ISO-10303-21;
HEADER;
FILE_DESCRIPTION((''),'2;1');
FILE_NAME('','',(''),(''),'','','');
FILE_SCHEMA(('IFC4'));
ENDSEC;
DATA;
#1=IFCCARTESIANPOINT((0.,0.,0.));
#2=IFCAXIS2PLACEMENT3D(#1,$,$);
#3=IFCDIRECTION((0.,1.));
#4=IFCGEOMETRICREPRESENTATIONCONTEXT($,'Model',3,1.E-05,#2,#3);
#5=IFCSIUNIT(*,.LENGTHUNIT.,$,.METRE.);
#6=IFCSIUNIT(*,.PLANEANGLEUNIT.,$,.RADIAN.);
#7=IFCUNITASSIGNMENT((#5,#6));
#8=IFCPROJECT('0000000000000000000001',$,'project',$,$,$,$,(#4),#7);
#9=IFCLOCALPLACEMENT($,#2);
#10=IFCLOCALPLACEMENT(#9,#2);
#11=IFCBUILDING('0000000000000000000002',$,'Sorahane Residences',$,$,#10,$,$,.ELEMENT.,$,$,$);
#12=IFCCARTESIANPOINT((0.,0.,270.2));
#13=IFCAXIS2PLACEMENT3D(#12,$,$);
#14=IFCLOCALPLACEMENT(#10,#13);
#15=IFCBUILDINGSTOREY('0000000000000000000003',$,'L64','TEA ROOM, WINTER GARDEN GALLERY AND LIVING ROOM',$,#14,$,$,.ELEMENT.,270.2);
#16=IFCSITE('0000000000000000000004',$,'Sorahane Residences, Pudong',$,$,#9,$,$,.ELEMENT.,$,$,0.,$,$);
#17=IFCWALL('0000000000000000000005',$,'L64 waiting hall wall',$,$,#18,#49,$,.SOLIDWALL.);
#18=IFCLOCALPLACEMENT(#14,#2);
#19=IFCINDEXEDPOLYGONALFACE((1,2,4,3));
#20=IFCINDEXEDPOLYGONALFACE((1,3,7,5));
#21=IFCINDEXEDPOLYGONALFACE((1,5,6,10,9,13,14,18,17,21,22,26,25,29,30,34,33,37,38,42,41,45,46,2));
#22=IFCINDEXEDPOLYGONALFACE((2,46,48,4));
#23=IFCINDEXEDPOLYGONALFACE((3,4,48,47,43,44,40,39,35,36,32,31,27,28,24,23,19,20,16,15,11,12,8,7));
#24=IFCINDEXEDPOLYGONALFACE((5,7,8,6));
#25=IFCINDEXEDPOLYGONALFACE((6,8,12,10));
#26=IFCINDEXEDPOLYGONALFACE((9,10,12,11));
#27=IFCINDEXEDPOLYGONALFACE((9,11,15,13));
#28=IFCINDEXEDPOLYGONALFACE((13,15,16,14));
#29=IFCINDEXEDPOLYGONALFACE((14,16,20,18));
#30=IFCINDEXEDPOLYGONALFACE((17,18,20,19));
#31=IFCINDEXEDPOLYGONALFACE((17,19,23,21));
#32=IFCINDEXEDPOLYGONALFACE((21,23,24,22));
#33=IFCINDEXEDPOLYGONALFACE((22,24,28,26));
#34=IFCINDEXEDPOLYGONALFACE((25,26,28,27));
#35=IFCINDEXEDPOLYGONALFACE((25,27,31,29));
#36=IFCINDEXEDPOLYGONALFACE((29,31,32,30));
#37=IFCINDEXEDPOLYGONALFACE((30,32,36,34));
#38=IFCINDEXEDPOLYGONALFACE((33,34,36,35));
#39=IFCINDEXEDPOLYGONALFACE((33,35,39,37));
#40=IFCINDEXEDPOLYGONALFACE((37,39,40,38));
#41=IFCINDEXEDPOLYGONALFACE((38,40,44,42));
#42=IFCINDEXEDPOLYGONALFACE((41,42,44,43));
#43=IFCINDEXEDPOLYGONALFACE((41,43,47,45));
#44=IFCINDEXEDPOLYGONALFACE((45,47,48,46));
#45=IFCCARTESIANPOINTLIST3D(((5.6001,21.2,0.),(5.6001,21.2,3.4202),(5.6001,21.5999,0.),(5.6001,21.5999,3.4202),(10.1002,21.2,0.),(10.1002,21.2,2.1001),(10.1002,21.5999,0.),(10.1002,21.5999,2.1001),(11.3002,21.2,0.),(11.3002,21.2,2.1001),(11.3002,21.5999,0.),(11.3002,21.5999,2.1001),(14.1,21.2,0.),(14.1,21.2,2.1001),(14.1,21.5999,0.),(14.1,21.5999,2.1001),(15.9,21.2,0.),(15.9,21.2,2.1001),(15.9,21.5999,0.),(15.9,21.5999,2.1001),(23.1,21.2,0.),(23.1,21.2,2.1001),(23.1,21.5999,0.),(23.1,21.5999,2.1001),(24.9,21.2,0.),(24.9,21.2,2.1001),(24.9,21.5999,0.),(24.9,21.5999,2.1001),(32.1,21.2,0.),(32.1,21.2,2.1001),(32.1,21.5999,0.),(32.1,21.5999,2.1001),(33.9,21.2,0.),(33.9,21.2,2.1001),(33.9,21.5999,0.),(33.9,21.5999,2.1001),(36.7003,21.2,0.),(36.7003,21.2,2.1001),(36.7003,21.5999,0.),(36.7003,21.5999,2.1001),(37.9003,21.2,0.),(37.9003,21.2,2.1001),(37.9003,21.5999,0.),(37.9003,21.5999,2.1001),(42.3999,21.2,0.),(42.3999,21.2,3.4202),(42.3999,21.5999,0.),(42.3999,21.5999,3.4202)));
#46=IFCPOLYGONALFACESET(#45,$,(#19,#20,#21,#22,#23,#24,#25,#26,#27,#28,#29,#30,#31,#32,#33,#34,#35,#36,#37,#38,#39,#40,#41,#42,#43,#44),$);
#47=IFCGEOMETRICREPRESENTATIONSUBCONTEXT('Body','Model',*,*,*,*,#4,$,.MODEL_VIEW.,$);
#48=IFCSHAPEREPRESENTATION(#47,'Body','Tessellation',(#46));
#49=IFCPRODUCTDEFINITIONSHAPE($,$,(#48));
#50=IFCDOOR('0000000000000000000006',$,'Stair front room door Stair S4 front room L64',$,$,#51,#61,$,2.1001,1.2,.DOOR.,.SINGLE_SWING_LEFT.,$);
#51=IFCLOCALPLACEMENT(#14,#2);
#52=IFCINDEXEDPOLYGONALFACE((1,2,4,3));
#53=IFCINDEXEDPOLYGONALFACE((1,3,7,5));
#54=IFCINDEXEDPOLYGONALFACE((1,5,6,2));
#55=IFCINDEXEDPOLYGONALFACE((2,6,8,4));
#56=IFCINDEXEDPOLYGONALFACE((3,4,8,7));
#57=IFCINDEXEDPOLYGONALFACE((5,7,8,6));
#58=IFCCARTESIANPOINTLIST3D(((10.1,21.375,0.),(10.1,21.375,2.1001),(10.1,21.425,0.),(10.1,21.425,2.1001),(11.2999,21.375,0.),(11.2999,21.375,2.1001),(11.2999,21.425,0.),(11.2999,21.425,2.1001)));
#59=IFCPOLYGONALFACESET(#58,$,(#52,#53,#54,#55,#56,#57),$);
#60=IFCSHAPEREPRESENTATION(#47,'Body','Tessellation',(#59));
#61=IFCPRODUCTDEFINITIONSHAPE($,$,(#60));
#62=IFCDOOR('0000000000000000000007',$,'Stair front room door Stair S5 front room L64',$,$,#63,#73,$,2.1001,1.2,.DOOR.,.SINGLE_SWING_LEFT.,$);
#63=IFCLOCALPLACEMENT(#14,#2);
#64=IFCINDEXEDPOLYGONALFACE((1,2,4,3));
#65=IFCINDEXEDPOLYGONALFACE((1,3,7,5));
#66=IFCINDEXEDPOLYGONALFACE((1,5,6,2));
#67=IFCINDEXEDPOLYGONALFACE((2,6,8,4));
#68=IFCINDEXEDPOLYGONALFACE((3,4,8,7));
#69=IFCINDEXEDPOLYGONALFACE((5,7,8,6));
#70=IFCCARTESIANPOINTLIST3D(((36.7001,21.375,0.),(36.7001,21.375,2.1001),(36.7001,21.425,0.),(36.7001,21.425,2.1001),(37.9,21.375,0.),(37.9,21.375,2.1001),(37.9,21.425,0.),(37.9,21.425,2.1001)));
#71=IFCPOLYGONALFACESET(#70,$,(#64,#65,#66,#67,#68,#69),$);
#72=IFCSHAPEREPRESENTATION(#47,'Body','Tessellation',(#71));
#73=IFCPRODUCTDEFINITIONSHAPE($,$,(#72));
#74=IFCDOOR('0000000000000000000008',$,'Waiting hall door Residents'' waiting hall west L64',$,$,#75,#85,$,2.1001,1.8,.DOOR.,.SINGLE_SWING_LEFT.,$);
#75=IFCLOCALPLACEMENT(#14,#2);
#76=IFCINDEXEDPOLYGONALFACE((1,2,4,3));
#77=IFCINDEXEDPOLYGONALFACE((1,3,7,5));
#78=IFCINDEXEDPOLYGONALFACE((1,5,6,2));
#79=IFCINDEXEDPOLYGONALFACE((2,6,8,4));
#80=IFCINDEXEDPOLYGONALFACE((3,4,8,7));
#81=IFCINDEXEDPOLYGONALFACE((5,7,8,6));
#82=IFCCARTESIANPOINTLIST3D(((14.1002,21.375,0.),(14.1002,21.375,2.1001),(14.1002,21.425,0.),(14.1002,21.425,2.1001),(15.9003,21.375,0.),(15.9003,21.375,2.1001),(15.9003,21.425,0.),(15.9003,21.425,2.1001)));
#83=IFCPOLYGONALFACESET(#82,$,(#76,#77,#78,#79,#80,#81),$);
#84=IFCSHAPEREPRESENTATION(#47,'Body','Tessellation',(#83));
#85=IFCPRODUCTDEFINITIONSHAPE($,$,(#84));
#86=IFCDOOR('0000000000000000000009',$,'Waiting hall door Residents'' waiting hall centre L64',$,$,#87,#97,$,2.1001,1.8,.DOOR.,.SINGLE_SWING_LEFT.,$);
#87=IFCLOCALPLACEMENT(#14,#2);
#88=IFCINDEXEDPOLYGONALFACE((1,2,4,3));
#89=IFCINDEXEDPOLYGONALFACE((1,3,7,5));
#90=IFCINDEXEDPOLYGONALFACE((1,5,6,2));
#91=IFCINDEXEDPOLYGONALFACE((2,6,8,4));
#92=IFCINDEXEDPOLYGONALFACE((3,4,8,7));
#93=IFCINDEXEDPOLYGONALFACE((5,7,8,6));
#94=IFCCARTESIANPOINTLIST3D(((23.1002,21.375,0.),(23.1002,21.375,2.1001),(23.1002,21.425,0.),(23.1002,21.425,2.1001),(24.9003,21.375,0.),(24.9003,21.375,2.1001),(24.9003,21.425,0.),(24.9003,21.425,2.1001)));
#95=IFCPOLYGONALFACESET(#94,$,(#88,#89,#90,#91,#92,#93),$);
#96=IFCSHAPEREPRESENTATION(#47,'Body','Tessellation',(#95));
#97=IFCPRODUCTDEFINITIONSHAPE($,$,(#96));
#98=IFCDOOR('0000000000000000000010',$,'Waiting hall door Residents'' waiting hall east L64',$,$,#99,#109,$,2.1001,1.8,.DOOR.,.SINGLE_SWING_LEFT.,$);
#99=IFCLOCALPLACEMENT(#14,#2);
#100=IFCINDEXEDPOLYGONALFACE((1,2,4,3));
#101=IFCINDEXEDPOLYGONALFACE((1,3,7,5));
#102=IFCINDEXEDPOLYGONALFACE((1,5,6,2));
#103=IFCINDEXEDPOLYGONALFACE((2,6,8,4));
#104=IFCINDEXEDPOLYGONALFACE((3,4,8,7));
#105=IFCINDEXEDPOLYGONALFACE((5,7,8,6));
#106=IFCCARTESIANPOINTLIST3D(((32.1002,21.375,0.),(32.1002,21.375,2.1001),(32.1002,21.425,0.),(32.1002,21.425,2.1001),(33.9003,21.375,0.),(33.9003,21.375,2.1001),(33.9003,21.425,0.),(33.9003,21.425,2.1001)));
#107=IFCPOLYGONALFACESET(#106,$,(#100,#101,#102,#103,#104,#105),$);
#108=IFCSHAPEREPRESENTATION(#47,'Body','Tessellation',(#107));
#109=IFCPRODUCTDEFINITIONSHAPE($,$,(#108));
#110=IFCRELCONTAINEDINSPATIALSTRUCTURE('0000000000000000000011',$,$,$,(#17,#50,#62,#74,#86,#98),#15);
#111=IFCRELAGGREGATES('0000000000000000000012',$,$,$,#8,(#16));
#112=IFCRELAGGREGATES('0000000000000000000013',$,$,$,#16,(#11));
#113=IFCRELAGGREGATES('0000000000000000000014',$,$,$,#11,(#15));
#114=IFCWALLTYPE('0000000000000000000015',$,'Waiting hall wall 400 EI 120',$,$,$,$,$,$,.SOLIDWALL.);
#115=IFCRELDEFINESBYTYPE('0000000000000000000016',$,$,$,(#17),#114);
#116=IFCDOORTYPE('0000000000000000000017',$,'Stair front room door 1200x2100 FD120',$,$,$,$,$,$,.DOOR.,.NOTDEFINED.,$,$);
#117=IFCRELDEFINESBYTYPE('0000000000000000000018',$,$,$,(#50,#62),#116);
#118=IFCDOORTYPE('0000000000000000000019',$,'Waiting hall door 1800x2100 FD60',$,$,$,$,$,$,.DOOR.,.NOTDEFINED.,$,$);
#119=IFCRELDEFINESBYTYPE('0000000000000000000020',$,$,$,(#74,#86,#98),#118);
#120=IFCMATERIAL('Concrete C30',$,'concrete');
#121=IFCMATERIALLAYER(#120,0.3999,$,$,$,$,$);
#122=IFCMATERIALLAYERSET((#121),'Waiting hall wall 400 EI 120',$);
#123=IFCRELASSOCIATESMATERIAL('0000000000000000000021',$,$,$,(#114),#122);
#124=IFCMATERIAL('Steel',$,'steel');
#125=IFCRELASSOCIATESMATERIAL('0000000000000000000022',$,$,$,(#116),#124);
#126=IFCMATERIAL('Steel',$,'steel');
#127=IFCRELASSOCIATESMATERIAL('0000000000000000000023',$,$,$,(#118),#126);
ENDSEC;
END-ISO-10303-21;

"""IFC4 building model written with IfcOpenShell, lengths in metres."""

from ifc_helpers import new_model, si_unit, direction, frame, frame_2d, origin, place, context, subcontext, project, spatial, rectangle, extrude, material, layer, layer_set, type_object, element, fill, save


model = new_model("IFC4")

# Units and contexts
model_context = context("Model", 3, precision=1e-05, world=origin(), true_north=direction((0.0, 1.0)))
body_context = subcontext(model_context, "Body", "Model", "MODEL_VIEW")
ifc_project = project(units=[si_unit("LENGTHUNIT", "METRE"), si_unit("PLANEANGLEUNIT", "RADIAN")], contexts=[model_context])

# Site, building, storey
site_placement = place(None, origin())
site = spatial("IfcSite", under=ifc_project, at=site_placement, Name="Sorahane Residences, Pudong", CompositionType="ELEMENT", RefElevation=0.0)
building_placement = place(site_placement, origin())
building = spatial("IfcBuilding", under=site, at=building_placement, Name="Sorahane Residences", CompositionType="ELEMENT")
storey_placement = place(building_placement, frame((0.0, 0.0, 270.2)))
storey = spatial("IfcBuildingStorey", under=building, at=storey_placement, Name="L64", Description="TEA ROOM, WINTER GARDEN GALLERY AND LIVING ROOM", CompositionType="ELEMENT", Elevation=270.2)

# Wall, openings, doors
ifc_material_1 = material(Name="Concrete C30", Category="concrete")
ifc_layer_1 = layer(ifc_material_1, 0.3999)
ifc_layer_set_1 = layer_set([ifc_layer_1], Name="Waiting hall wall 400 EI 120")
wall_type_1 = type_object("IfcWallType", Name="Waiting hall wall 400 EI 120", PredefinedType="SOLIDWALL", material=ifc_layer_set_1)
wall_1_placement = place(storey_placement, frame((5.6001, 21.3999, 0.0), z_axis=(0.0, 0.0, 1.0), x_axis=(1.0, 0.0, 0.0)))
wall_1 = element("IfcWall", 1, at=wall_1_placement, inside=storey, type_object=wall_type_1, Name="L64 waiting hall wall", PredefinedType="SOLIDWALL", context=body_context, shape_type="SweptSolid", body=[
    extrude(rectangle(XDim=36.7998, YDim=0.3999, at=frame_2d((18.3999, 0.0))), origin(), (0.0, 0.0, 1.0), 3.4202),
])
opening_1_placement = place(wall_1_placement, frame((8.5, 0.0, 0.0)))
opening_1 = element("IfcOpeningElement", 2, at=opening_1_placement, cuts=wall_1, PredefinedType="OPENING", context=body_context, shape_type="SweptSolid", body=[
    extrude(rectangle(XDim=1.8, YDim=2.1001, at=frame_2d((0.8999, 1.05))), frame((0.0, 0.21, 0.0), z_axis=(0.0, -1.0, 0.0), x_axis=(1.0, 0.0, 0.0)), (0.0, 0.0, 1.0), 0.4199),
])
opening_2_placement = place(wall_1_placement, frame((17.5, 0.0, 0.0)))
opening_2 = element("IfcOpeningElement", 3, at=opening_2_placement, cuts=wall_1, PredefinedType="OPENING", context=body_context, shape_type="SweptSolid", body=[
    extrude(rectangle(XDim=1.8, YDim=2.1001, at=frame_2d((0.8999, 1.05))), frame((0.0, 0.21, 0.0), z_axis=(0.0, -1.0, 0.0), x_axis=(1.0, 0.0, 0.0)), (0.0, 0.0, 1.0), 0.4199),
])
opening_3_placement = place(wall_1_placement, frame((26.5, 0.0, 0.0)))
opening_3 = element("IfcOpeningElement", 4, at=opening_3_placement, cuts=wall_1, PredefinedType="OPENING", context=body_context, shape_type="SweptSolid", body=[
    extrude(rectangle(XDim=1.8, YDim=2.1001, at=frame_2d((0.8999, 1.05))), frame((0.0, 0.21, 0.0), z_axis=(0.0, -1.0, 0.0), x_axis=(1.0, 0.0, 0.0)), (0.0, 0.0, 1.0), 0.4199),
])
opening_4_placement = place(wall_1_placement, frame((4.5, 0.0, 0.0)))
opening_4 = element("IfcOpeningElement", 5, at=opening_4_placement, cuts=wall_1, PredefinedType="OPENING", context=body_context, shape_type="SweptSolid", body=[
    extrude(rectangle(XDim=1.2, YDim=2.1001, at=frame_2d((0.6001, 1.05))), frame((0.0, 0.21, 0.0), z_axis=(0.0, -1.0, 0.0), x_axis=(1.0, 0.0, 0.0)), (0.0, 0.0, 1.0), 0.4199),
])
opening_5_placement = place(wall_1_placement, frame((31.1001, 0.0, 0.0)))
opening_5 = element("IfcOpeningElement", 6, at=opening_5_placement, cuts=wall_1, PredefinedType="OPENING", context=body_context, shape_type="SweptSolid", body=[
    extrude(rectangle(XDim=1.2, YDim=2.1001, at=frame_2d((0.6001, 1.05))), frame((0.0, 0.21, 0.0), z_axis=(0.0, -1.0, 0.0), x_axis=(1.0, 0.0, 0.0)), (0.0, 0.0, 1.0), 0.4199),
])
ifc_material_2 = material(Name="Steel", Category="steel")
door_type_1 = type_object("IfcDoorType", Name="Stair front room door 1200x2100 FD120", OperationType="NOTDEFINED", PredefinedType="DOOR", material=ifc_material_2)
door_1_placement = place(opening_4_placement, frame((1.2, 0.0, 0.0), z_axis=(0.0, 0.0, 1.0), x_axis=(-1.0, 0.0, 0.0)))
door_1 = element("IfcDoor", 7, at=door_1_placement, inside=storey, type_object=door_type_1, Name="Stair front room door Stair S4 front room L64", OperationType="SINGLE_SWING_LEFT", OverallHeight=2.1001, OverallWidth=1.2, PredefinedType="DOOR", context=body_context, shape_type="SweptSolid", body=[
    extrude(rectangle(XDim=1.2, YDim=2.1001, at=frame_2d((0.6001, 1.05))), frame((0.0, 0.0249, 0.0), z_axis=(0.0, -1.0, 0.0), x_axis=(1.0, 0.0, 0.0)), (0.0, 0.0, 1.0), 0.05),
])
fill(opening_4, door_1)
door_2_placement = place(opening_5_placement, frame((1.2, 0.0, 0.0), z_axis=(0.0, 0.0, 1.0), x_axis=(-1.0, 0.0, 0.0)))
door_2 = element("IfcDoor", 8, at=door_2_placement, inside=storey, type_object=door_type_1, Name="Stair front room door Stair S5 front room L64", OperationType="SINGLE_SWING_LEFT", OverallHeight=2.1001, OverallWidth=1.2, PredefinedType="DOOR", context=body_context, shape_type="SweptSolid", body=[
    extrude(rectangle(XDim=1.2, YDim=2.1001, at=frame_2d((0.6001, 1.05))), frame((0.0, 0.0249, 0.0), z_axis=(0.0, -1.0, 0.0), x_axis=(1.0, 0.0, 0.0)), (0.0, 0.0, 1.0), 0.05),
])
fill(opening_5, door_2)
ifc_material_3 = material(Name="Steel", Category="steel")
door_type_2 = type_object("IfcDoorType", Name="Waiting hall door 1800x2100 FD60", OperationType="NOTDEFINED", PredefinedType="DOOR", material=ifc_material_3)
door_3_placement = place(opening_1_placement, frame((1.8, 0.0, 0.0), z_axis=(0.0, 0.0, 1.0), x_axis=(-1.0, 0.0, 0.0)))
door_3 = element("IfcDoor", 9, at=door_3_placement, inside=storey, type_object=door_type_2, Name="Waiting hall door Residents' waiting hall west L64", OperationType="SINGLE_SWING_LEFT", OverallHeight=2.1001, OverallWidth=1.8, PredefinedType="DOOR", context=body_context, shape_type="SweptSolid", body=[
    extrude(rectangle(XDim=1.8, YDim=2.1001, at=frame_2d((0.8999, 1.05))), frame((0.0, 0.0249, 0.0), z_axis=(0.0, -1.0, 0.0), x_axis=(1.0, 0.0, 0.0)), (0.0, 0.0, 1.0), 0.05),
])
fill(opening_1, door_3)
door_4_placement = place(opening_2_placement, frame((1.8, 0.0, 0.0), z_axis=(0.0, 0.0, 1.0), x_axis=(-1.0, 0.0, 0.0)))
door_4 = element("IfcDoor", 10, at=door_4_placement, inside=storey, type_object=door_type_2, Name="Waiting hall door Residents' waiting hall centre L64", OperationType="SINGLE_SWING_LEFT", OverallHeight=2.1001, OverallWidth=1.8, PredefinedType="DOOR", context=body_context, shape_type="SweptSolid", body=[
    extrude(rectangle(XDim=1.8, YDim=2.1001, at=frame_2d((0.8999, 1.05))), frame((0.0, 0.0249, 0.0), z_axis=(0.0, -1.0, 0.0), x_axis=(1.0, 0.0, 0.0)), (0.0, 0.0, 1.0), 0.05),
])
fill(opening_2, door_4)
door_5_placement = place(opening_3_placement, frame((1.8, 0.0, 0.0), z_axis=(0.0, 0.0, 1.0), x_axis=(-1.0, 0.0, 0.0)))
door_5 = element("IfcDoor", 11, at=door_5_placement, inside=storey, type_object=door_type_2, Name="Waiting hall door Residents' waiting hall east L64", OperationType="SINGLE_SWING_LEFT", OverallHeight=2.1001, OverallWidth=1.8, PredefinedType="DOOR", context=body_context, shape_type="SweptSolid", body=[
    extrude(rectangle(XDim=1.8, YDim=2.1001, at=frame_2d((0.8999, 1.05))), frame((0.0, 0.0249, 0.0), z_axis=(0.0, -1.0, 0.0), x_axis=(1.0, 0.0, 0.0)), (0.0, 0.0, 1.0), 0.05),
])
fill(opening_3, door_5)

save(model, "model.ifc")
